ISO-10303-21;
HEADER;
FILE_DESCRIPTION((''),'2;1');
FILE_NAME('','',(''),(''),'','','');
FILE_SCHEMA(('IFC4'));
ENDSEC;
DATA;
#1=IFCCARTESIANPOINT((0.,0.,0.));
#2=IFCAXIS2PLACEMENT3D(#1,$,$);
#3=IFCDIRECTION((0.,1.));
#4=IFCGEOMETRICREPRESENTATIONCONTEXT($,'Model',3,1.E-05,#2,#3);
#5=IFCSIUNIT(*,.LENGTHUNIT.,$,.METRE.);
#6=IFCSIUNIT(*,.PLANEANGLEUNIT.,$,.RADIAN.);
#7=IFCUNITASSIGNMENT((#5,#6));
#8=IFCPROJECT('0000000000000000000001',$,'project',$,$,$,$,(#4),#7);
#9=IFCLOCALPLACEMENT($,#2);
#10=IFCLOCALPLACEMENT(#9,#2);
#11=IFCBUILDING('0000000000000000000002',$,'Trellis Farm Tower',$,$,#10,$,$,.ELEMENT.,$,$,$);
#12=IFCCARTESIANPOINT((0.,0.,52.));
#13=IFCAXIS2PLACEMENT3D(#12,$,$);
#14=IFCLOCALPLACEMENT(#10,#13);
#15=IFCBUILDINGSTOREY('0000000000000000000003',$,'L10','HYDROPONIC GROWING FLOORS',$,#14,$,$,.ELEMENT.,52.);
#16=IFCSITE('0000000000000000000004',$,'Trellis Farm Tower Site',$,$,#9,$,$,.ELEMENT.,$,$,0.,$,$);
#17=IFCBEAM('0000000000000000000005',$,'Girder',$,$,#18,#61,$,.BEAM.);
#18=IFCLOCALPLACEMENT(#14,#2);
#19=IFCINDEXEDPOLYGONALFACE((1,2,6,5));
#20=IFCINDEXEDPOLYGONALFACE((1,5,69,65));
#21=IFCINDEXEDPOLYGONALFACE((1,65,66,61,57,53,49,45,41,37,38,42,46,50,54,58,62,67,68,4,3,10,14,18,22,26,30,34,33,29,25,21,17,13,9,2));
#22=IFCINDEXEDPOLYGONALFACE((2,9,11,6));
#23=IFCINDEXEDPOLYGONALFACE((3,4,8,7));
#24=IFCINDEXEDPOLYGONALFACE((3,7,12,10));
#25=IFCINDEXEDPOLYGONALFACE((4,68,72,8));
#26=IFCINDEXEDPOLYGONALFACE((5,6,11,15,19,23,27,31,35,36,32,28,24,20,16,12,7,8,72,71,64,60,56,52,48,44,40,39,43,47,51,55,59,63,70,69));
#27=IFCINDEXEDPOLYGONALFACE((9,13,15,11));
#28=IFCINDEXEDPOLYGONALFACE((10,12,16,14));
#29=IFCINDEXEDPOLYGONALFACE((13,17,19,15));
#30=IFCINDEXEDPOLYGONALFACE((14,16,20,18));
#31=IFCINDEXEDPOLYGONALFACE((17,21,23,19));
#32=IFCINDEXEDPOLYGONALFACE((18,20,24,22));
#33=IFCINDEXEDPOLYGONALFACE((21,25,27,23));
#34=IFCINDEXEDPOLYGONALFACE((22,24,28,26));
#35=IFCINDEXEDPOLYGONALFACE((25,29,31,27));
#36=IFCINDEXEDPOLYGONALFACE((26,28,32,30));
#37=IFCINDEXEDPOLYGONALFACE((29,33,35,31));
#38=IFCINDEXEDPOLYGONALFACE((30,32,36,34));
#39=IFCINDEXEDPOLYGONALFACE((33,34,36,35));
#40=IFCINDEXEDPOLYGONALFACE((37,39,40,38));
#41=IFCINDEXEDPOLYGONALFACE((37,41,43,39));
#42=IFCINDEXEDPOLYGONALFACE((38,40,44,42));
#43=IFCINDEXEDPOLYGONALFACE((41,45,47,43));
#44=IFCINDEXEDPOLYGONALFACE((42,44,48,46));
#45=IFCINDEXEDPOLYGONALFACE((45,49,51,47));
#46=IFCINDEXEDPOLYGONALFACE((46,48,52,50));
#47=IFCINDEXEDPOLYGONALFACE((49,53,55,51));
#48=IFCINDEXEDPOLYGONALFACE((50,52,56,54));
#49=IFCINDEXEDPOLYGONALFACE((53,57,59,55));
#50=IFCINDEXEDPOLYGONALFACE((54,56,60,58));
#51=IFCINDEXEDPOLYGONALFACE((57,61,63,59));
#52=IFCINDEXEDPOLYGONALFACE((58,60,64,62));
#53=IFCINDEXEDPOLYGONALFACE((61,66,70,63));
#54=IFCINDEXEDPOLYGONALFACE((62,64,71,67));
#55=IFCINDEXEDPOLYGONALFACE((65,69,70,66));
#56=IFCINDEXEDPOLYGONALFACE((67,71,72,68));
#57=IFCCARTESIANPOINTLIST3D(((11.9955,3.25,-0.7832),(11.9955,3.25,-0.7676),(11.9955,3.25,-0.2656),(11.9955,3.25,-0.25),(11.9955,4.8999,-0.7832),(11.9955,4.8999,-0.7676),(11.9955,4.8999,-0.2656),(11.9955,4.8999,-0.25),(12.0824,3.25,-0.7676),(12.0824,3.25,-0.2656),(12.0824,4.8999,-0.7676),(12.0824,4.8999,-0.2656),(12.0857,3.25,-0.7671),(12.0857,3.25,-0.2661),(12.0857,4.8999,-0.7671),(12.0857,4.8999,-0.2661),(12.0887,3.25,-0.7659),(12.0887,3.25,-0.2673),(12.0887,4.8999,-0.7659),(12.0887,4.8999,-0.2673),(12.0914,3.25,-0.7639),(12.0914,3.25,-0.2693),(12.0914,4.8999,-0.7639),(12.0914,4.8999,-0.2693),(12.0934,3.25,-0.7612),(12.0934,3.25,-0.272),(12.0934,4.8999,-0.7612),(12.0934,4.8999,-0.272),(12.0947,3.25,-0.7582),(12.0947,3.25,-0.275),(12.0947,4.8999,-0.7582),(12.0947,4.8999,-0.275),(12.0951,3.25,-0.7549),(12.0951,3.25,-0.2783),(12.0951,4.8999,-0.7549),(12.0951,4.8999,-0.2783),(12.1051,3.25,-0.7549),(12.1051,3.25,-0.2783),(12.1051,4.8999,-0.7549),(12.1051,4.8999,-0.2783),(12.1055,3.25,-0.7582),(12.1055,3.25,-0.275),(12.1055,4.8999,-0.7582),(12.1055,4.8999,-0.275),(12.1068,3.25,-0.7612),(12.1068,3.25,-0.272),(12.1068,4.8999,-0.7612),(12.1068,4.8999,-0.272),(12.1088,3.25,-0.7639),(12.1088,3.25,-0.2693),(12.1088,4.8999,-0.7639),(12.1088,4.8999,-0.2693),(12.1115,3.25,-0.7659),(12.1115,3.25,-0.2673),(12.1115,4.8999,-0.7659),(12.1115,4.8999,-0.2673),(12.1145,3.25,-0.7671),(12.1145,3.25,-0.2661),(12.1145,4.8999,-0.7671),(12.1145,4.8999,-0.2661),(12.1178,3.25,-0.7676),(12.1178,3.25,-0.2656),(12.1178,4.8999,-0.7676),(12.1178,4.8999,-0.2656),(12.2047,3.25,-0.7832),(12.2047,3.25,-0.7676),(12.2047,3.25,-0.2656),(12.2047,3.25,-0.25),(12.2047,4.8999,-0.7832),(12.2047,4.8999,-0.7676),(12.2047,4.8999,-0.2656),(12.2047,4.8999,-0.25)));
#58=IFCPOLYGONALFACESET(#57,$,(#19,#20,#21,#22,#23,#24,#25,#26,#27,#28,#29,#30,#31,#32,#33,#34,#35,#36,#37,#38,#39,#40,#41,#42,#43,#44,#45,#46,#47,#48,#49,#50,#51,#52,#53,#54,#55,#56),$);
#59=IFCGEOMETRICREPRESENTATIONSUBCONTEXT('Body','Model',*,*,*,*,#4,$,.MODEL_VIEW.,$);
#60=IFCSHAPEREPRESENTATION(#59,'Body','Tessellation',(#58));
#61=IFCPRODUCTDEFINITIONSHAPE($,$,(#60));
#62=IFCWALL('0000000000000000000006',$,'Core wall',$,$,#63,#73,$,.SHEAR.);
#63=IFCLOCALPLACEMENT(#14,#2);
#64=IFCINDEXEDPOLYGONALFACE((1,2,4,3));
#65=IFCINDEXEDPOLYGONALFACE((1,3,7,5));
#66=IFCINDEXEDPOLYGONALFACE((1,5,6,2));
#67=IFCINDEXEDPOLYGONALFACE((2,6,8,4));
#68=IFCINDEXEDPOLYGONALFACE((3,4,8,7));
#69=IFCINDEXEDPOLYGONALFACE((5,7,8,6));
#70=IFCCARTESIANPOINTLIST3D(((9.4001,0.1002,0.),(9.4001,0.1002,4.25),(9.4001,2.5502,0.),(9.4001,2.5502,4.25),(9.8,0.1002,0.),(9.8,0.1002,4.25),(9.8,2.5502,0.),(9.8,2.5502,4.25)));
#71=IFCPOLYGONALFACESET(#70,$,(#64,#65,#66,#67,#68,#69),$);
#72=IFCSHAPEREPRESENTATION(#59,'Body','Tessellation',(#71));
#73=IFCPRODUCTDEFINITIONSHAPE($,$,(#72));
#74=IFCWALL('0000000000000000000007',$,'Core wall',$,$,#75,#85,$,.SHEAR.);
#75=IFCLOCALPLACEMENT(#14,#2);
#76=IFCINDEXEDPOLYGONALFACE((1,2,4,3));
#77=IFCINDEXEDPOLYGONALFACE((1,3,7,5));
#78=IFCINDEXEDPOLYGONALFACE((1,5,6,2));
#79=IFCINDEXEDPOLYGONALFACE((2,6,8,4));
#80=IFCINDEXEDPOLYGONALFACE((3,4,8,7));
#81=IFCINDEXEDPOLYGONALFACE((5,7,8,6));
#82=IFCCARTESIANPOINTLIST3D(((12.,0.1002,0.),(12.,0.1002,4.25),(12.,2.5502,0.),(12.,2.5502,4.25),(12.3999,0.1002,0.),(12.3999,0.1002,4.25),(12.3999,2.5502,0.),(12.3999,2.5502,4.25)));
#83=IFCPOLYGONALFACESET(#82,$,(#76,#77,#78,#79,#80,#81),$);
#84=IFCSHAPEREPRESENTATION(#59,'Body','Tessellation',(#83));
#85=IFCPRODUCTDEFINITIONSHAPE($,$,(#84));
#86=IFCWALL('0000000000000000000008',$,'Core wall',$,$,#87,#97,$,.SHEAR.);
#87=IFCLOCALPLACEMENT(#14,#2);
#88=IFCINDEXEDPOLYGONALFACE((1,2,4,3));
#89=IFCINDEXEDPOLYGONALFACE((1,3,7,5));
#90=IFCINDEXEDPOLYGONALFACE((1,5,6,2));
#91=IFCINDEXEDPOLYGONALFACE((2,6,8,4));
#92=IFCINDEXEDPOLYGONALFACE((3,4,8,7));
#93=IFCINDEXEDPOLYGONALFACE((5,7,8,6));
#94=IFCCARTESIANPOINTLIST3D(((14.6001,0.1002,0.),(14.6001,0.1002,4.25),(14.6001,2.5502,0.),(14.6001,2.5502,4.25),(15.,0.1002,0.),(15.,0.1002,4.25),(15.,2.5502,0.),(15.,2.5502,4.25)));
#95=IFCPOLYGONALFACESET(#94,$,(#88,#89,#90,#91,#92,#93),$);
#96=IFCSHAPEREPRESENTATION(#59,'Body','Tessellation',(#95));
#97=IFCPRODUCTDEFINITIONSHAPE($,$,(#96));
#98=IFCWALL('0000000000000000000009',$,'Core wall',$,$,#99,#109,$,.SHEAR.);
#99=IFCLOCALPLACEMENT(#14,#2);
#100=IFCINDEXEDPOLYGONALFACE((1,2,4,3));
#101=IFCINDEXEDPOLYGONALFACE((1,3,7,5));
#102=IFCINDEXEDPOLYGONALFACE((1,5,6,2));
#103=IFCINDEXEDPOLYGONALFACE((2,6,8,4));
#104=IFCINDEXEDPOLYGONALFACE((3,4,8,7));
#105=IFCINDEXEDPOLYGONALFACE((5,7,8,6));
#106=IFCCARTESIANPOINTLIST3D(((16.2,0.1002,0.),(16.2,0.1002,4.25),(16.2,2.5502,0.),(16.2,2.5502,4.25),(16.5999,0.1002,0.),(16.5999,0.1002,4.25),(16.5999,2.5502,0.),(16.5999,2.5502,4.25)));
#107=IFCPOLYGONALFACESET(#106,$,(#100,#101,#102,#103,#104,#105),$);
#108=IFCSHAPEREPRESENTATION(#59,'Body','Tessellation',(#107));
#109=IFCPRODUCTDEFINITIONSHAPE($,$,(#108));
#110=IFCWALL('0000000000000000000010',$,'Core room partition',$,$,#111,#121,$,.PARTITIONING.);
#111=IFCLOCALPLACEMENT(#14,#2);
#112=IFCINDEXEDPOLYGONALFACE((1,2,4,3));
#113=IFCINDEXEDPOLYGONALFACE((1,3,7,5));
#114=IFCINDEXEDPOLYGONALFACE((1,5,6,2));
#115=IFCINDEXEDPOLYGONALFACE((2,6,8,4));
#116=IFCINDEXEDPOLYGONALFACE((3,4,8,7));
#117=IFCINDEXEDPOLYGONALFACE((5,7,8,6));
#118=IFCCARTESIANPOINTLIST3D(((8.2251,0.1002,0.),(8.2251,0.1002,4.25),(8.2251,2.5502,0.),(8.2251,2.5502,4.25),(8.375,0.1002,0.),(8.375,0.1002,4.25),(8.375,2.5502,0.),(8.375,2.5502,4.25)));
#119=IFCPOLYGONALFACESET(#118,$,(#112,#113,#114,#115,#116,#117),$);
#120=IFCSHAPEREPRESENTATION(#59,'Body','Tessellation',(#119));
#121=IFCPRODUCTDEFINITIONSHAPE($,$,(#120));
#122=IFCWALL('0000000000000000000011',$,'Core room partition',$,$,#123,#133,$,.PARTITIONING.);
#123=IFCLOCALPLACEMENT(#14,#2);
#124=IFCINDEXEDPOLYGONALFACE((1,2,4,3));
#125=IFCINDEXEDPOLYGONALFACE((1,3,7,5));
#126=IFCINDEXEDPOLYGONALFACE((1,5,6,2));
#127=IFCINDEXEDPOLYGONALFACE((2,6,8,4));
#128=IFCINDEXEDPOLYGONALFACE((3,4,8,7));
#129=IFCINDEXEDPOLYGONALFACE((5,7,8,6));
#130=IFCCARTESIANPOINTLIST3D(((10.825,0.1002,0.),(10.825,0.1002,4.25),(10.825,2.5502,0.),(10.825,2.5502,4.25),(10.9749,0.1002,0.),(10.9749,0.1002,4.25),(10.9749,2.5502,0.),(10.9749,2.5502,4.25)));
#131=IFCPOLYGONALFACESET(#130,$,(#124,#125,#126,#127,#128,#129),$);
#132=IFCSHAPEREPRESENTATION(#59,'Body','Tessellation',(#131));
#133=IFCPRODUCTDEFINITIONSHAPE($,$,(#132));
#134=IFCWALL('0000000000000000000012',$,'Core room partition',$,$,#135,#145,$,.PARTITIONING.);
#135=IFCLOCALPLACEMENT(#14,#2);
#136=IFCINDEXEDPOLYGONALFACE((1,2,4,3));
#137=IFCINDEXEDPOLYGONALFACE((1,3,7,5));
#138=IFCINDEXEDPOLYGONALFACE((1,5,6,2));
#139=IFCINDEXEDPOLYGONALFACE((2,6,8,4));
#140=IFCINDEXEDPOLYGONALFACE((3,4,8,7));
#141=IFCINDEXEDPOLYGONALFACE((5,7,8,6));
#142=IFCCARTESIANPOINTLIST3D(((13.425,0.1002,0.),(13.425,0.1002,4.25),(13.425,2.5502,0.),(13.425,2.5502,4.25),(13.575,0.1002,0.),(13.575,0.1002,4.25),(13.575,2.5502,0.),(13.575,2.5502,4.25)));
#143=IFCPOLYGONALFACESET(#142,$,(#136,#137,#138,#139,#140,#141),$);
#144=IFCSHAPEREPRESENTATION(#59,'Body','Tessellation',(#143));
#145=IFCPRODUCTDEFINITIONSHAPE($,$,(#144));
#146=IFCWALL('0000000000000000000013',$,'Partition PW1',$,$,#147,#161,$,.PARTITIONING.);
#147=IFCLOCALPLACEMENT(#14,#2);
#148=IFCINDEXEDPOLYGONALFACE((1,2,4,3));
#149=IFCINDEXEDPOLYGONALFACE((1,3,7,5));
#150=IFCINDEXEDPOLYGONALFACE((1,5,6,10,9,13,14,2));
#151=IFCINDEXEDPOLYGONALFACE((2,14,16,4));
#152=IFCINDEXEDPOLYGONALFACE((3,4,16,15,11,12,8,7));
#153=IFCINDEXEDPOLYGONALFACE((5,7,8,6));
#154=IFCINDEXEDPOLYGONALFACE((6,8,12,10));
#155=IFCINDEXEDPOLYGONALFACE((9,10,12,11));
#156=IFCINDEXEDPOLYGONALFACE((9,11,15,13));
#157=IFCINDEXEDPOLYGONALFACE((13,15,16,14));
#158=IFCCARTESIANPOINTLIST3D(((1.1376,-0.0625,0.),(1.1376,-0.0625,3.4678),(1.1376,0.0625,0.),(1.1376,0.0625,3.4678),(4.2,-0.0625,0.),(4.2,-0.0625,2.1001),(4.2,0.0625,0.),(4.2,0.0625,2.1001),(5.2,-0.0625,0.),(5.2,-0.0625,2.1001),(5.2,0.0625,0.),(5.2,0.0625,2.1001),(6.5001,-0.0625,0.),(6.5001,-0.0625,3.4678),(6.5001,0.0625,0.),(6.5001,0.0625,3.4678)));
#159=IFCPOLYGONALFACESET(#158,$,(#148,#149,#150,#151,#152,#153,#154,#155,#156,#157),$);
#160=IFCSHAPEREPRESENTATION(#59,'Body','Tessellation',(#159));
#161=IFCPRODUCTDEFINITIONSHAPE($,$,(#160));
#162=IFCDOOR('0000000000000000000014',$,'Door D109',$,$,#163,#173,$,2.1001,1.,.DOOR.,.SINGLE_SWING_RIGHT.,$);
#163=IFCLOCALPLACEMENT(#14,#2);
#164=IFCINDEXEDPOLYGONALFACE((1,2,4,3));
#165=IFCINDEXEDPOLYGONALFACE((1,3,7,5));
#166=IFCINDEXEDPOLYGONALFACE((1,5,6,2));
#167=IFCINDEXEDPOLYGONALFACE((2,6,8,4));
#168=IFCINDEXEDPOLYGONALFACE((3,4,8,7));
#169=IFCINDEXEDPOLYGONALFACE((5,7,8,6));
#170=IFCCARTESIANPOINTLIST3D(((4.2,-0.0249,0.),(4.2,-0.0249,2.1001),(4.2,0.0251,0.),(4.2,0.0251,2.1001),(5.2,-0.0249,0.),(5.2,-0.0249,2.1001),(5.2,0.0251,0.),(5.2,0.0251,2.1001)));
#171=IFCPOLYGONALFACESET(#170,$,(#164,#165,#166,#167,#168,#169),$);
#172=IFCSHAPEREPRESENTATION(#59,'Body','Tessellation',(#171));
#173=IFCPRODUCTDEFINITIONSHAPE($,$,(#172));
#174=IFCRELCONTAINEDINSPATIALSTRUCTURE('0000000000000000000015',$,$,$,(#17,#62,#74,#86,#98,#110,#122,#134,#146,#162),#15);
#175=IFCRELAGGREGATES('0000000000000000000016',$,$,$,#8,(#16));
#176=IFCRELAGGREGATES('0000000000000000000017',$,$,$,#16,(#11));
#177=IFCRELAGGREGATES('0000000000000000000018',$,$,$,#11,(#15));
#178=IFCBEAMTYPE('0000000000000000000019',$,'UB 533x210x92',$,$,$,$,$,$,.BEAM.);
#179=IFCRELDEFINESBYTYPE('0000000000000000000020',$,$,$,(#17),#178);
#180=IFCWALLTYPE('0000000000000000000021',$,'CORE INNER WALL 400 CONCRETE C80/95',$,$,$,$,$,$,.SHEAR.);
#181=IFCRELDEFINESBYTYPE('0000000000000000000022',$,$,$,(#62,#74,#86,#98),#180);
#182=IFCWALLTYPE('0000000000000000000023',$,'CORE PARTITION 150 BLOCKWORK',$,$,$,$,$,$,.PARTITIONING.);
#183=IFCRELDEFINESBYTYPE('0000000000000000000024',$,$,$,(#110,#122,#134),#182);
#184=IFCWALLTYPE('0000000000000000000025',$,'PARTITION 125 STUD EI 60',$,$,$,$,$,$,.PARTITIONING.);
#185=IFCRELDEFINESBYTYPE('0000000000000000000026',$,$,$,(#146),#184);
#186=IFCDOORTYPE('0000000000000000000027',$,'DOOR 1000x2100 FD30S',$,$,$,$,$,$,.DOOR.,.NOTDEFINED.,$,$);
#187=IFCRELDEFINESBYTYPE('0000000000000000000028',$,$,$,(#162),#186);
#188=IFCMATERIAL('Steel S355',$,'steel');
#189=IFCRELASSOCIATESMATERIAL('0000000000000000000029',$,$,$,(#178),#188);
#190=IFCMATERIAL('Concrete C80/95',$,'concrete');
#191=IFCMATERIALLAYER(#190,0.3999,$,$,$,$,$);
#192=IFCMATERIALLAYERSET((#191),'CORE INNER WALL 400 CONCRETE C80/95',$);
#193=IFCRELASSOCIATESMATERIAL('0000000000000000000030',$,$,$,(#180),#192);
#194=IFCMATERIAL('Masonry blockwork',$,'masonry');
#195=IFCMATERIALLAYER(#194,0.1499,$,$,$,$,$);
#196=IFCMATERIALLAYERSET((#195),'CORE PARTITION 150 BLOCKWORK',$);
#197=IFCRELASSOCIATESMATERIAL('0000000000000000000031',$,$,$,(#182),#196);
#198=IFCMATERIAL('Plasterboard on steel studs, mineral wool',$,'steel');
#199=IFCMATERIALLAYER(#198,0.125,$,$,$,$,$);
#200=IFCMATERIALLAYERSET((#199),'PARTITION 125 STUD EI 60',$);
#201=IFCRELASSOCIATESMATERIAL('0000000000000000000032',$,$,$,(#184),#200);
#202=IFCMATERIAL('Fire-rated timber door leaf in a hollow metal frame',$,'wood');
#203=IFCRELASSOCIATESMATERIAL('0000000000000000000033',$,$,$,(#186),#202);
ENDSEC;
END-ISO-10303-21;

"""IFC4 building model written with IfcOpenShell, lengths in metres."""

from ifc_helpers import new_model, si_unit, direction, frame, frame_2d, origin, origin_2d, place, context, subcontext, project, spatial, rectangle, i_section, extrude, source, transform, mapped, material, layer, layer_set, material_profile, profile_set, type_object, element, fill, save


model = new_model("IFC4")

# Units and contexts
model_context = context("Model", 3, precision=1e-05, world=origin(), true_north=direction((0.0, 1.0)))
body_context = subcontext(model_context, "Body", "Model", "MODEL_VIEW")
ifc_project = project(units=[si_unit("LENGTHUNIT", "METRE"), si_unit("PLANEANGLEUNIT", "RADIAN")], contexts=[model_context])

# Site, building, storey
site_placement = place(None, origin())
site = spatial("IfcSite", under=ifc_project, at=site_placement, Name="Trellis Farm Tower Site", CompositionType="ELEMENT", RefElevation=0.0)
building_placement = place(site_placement, origin())
building = spatial("IfcBuilding", under=site, at=building_placement, Name="Trellis Farm Tower", CompositionType="ELEMENT")
storey_placement = place(building_placement, frame((0.0, 0.0, 52.0)))
storey = spatial("IfcBuildingStorey", under=building, at=storey_placement, Name="L10", Description="HYDROPONIC GROWING FLOORS", CompositionType="ELEMENT", Elevation=52.0)

# Beam
ifc_material_1 = material(Name="Steel S355", Category="steel")
ifc_material_profile = material_profile(ifc_material_1, i_section(OverallWidth=0.2092, OverallDepth=0.5332, WebThickness=0.01, FlangeThickness=0.0156, FilletRadius=0.0127, at=origin_2d()), Name="UB 533x210x92")
ifc_profile_set = profile_set([ifc_material_profile], Name="Steel S355")
beam_type = type_object("IfcBeamType", Name="UB 533x210x92", PredefinedType="BEAM", material=ifc_profile_set)
shared_shape_1 = source(origin(), body_context, "Body", "SweptSolid", [
    extrude(i_section(OverallWidth=0.2092, OverallDepth=0.5332, WebThickness=0.01, FlangeThickness=0.0156, FilletRadius=0.0127, at=origin_2d()), origin(), (0.0, 0.0, 1.0), 1.6499),
])
beam_placement = place(storey_placement, frame((12.1001, 3.25, -0.5166), z_axis=(0.0, 1.0, 0.0), x_axis=(-1.0, 0.0, 0.0)))
element("IfcBeam", 1, at=beam_placement, inside=storey, type_object=beam_type, Name="Girder", PredefinedType="BEAM", context=body_context, shape_type="MappedRepresentation", body=[
    mapped(shared_shape_1, transform((0.0, 0.0, 0.0))),
])

# Walls
ifc_material_2 = material(Name="Concrete C80/95", Category="concrete")
ifc_layer_1 = layer(ifc_material_2, 0.3999)
ifc_layer_set_1 = layer_set([ifc_layer_1], Name="CORE INNER WALL 400 CONCRETE C80/95")
wall_type_1 = type_object("IfcWallType", Name="CORE INNER WALL 400 CONCRETE C80/95", PredefinedType="SHEAR", material=ifc_layer_set_1)
shared_shape_2 = source(origin(), body_context, "Body", "SweptSolid", [
    extrude(rectangle(XDim=2.45, YDim=0.3999, at=frame_2d((1.2251, 0.0))), origin(), (0.0, 0.0, 1.0), 4.25),
])
for number, where, z_axis, x_axis, name in (
    (2, (9.6001, 0.1001, 0.0), (0.0, 0.0, 1.0), (0.0, 1.0, 0.0), "Core wall"),
    (3, (12.2, 0.1001, 0.0), (0.0, 0.0, 1.0), (0.0, 1.0, 0.0), "Core wall"),
    (4, (14.8, 0.1001, 0.0), (0.0, 0.0, 1.0), (0.0, 1.0, 0.0), "Core wall"),
    (5, (16.3999, 0.1001, 0.0), (0.0, 0.0, 1.0), (0.0, 1.0, 0.0), "Core wall"),
):
    element("IfcWall", number, at=place(storey_placement, frame(where, z_axis=z_axis, x_axis=x_axis)), inside=storey, type_object=wall_type_1, Name=name, PredefinedType="SHEAR", context=body_context, shape_type="MappedRepresentation", body=[
        mapped(shared_shape_2, transform((0.0, 0.0, 0.0))),
    ])

# Walls
ifc_material_3 = material(Name="Masonry blockwork", Category="masonry")
ifc_layer_2 = layer(ifc_material_3, 0.1499)
ifc_layer_set_2 = layer_set([ifc_layer_2], Name="CORE PARTITION 150 BLOCKWORK")
wall_type_2 = type_object("IfcWallType", Name="CORE PARTITION 150 BLOCKWORK", PredefinedType="PARTITIONING", material=ifc_layer_set_2)
shared_shape_3 = source(origin(), body_context, "Body", "SweptSolid", [
    extrude(rectangle(XDim=2.45, YDim=0.1499, at=frame_2d((1.2251, 0.0))), origin(), (0.0, 0.0, 1.0), 4.25),
])
for number, where, z_axis, x_axis, name in (
    (6, (8.3, 0.1001, 0.0), (0.0, 0.0, 1.0), (0.0, 1.0, 0.0), "Core room partition"),
    (7, (10.8999, 0.1001, 0.0), (0.0, 0.0, 1.0), (0.0, 1.0, 0.0), "Core room partition"),
    (8, (13.5, 0.1001, 0.0), (0.0, 0.0, 1.0), (0.0, 1.0, 0.0), "Core room partition"),
):
    element("IfcWall", number, at=place(storey_placement, frame(where, z_axis=z_axis, x_axis=x_axis)), inside=storey, type_object=wall_type_2, Name=name, PredefinedType="PARTITIONING", context=body_context, shape_type="MappedRepresentation", body=[
        mapped(shared_shape_3, transform((0.0, 0.0, 0.0))),
    ])

# Wall, opening, door
ifc_material_4 = material(Name="Plasterboard on steel studs, mineral wool", Category="steel")
ifc_layer_3 = layer(ifc_material_4, 0.125)
ifc_layer_set_3 = layer_set([ifc_layer_3], Name="PARTITION 125 STUD EI 60")
wall_type_3 = type_object("IfcWallType", Name="PARTITION 125 STUD EI 60", PredefinedType="PARTITIONING", material=ifc_layer_set_3)
shared_shape_4 = source(origin(), body_context, "Body", "SweptSolid", [
    extrude(rectangle(XDim=5.3625, YDim=0.125, at=frame_2d((2.6812, 0.0))), origin(), (0.0, 0.0, 1.0), 3.4678),
])
wall_1_placement = place(storey_placement, frame((6.5, 0.0, 0.0), z_axis=(0.0, 0.0, 1.0), x_axis=(-1.0, 0.0, 0.0)))
wall_1 = element("IfcWall", 9, at=wall_1_placement, inside=storey, type_object=wall_type_3, Name="Partition PW1", PredefinedType="PARTITIONING", context=body_context, shape_type="MappedRepresentation", body=[
    mapped(shared_shape_4, transform((0.0, 0.0, 0.0))),
])
shared_shape_5 = source(origin(), body_context, "Body", "SweptSolid", [
    extrude(rectangle(XDim=1.0, YDim=2.1001, at=frame_2d((0.5, 1.05))), frame((0.0, 0.0725, 0.0), z_axis=(0.0, -1.0, 0.0), x_axis=(1.0, 0.0, 0.0)), (0.0, 0.0, 1.0), 0.145),
])
opening_1_placement = place(wall_1_placement, frame((1.3, 0.0, 0.0)))
opening_1 = element("IfcOpeningElement", 10, at=opening_1_placement, cuts=wall_1, PredefinedType="OPENING", context=body_context, shape_type="MappedRepresentation", body=[
    mapped(shared_shape_5, transform((0.0, 0.0, 0.0))),
])
ifc_material_5 = material(Name="Fire-rated timber door leaf in a hollow metal frame", Category="wood")
door_type_1 = type_object("IfcDoorType", Name="DOOR 1000x2100 FD30S", OperationType="NOTDEFINED", PredefinedType="DOOR", material=ifc_material_5)
shared_shape_6 = source(origin(), body_context, "Body", "SweptSolid", [
    extrude(rectangle(XDim=1.0, YDim=2.1001, at=frame_2d((0.5, 1.05))), frame((0.0, 0.0249, 0.0), z_axis=(0.0, -1.0, 0.0), x_axis=(1.0, 0.0, 0.0)), (0.0, 0.0, 1.0), 0.05),
])
door_1_placement = place(opening_1_placement, origin())
door_1 = element("IfcDoor", 11, at=door_1_placement, inside=storey, type_object=door_type_1, Name="Door D109", OperationType="SINGLE_SWING_RIGHT", OverallHeight=2.1001, OverallWidth=1.0, PredefinedType="DOOR", context=body_context, shape_type="MappedRepresentation", body=[
    mapped(shared_shape_6, transform((0.0, 0.0, 0.0))),
])
fill(opening_1, door_1)

save(model, "model.ifc")
